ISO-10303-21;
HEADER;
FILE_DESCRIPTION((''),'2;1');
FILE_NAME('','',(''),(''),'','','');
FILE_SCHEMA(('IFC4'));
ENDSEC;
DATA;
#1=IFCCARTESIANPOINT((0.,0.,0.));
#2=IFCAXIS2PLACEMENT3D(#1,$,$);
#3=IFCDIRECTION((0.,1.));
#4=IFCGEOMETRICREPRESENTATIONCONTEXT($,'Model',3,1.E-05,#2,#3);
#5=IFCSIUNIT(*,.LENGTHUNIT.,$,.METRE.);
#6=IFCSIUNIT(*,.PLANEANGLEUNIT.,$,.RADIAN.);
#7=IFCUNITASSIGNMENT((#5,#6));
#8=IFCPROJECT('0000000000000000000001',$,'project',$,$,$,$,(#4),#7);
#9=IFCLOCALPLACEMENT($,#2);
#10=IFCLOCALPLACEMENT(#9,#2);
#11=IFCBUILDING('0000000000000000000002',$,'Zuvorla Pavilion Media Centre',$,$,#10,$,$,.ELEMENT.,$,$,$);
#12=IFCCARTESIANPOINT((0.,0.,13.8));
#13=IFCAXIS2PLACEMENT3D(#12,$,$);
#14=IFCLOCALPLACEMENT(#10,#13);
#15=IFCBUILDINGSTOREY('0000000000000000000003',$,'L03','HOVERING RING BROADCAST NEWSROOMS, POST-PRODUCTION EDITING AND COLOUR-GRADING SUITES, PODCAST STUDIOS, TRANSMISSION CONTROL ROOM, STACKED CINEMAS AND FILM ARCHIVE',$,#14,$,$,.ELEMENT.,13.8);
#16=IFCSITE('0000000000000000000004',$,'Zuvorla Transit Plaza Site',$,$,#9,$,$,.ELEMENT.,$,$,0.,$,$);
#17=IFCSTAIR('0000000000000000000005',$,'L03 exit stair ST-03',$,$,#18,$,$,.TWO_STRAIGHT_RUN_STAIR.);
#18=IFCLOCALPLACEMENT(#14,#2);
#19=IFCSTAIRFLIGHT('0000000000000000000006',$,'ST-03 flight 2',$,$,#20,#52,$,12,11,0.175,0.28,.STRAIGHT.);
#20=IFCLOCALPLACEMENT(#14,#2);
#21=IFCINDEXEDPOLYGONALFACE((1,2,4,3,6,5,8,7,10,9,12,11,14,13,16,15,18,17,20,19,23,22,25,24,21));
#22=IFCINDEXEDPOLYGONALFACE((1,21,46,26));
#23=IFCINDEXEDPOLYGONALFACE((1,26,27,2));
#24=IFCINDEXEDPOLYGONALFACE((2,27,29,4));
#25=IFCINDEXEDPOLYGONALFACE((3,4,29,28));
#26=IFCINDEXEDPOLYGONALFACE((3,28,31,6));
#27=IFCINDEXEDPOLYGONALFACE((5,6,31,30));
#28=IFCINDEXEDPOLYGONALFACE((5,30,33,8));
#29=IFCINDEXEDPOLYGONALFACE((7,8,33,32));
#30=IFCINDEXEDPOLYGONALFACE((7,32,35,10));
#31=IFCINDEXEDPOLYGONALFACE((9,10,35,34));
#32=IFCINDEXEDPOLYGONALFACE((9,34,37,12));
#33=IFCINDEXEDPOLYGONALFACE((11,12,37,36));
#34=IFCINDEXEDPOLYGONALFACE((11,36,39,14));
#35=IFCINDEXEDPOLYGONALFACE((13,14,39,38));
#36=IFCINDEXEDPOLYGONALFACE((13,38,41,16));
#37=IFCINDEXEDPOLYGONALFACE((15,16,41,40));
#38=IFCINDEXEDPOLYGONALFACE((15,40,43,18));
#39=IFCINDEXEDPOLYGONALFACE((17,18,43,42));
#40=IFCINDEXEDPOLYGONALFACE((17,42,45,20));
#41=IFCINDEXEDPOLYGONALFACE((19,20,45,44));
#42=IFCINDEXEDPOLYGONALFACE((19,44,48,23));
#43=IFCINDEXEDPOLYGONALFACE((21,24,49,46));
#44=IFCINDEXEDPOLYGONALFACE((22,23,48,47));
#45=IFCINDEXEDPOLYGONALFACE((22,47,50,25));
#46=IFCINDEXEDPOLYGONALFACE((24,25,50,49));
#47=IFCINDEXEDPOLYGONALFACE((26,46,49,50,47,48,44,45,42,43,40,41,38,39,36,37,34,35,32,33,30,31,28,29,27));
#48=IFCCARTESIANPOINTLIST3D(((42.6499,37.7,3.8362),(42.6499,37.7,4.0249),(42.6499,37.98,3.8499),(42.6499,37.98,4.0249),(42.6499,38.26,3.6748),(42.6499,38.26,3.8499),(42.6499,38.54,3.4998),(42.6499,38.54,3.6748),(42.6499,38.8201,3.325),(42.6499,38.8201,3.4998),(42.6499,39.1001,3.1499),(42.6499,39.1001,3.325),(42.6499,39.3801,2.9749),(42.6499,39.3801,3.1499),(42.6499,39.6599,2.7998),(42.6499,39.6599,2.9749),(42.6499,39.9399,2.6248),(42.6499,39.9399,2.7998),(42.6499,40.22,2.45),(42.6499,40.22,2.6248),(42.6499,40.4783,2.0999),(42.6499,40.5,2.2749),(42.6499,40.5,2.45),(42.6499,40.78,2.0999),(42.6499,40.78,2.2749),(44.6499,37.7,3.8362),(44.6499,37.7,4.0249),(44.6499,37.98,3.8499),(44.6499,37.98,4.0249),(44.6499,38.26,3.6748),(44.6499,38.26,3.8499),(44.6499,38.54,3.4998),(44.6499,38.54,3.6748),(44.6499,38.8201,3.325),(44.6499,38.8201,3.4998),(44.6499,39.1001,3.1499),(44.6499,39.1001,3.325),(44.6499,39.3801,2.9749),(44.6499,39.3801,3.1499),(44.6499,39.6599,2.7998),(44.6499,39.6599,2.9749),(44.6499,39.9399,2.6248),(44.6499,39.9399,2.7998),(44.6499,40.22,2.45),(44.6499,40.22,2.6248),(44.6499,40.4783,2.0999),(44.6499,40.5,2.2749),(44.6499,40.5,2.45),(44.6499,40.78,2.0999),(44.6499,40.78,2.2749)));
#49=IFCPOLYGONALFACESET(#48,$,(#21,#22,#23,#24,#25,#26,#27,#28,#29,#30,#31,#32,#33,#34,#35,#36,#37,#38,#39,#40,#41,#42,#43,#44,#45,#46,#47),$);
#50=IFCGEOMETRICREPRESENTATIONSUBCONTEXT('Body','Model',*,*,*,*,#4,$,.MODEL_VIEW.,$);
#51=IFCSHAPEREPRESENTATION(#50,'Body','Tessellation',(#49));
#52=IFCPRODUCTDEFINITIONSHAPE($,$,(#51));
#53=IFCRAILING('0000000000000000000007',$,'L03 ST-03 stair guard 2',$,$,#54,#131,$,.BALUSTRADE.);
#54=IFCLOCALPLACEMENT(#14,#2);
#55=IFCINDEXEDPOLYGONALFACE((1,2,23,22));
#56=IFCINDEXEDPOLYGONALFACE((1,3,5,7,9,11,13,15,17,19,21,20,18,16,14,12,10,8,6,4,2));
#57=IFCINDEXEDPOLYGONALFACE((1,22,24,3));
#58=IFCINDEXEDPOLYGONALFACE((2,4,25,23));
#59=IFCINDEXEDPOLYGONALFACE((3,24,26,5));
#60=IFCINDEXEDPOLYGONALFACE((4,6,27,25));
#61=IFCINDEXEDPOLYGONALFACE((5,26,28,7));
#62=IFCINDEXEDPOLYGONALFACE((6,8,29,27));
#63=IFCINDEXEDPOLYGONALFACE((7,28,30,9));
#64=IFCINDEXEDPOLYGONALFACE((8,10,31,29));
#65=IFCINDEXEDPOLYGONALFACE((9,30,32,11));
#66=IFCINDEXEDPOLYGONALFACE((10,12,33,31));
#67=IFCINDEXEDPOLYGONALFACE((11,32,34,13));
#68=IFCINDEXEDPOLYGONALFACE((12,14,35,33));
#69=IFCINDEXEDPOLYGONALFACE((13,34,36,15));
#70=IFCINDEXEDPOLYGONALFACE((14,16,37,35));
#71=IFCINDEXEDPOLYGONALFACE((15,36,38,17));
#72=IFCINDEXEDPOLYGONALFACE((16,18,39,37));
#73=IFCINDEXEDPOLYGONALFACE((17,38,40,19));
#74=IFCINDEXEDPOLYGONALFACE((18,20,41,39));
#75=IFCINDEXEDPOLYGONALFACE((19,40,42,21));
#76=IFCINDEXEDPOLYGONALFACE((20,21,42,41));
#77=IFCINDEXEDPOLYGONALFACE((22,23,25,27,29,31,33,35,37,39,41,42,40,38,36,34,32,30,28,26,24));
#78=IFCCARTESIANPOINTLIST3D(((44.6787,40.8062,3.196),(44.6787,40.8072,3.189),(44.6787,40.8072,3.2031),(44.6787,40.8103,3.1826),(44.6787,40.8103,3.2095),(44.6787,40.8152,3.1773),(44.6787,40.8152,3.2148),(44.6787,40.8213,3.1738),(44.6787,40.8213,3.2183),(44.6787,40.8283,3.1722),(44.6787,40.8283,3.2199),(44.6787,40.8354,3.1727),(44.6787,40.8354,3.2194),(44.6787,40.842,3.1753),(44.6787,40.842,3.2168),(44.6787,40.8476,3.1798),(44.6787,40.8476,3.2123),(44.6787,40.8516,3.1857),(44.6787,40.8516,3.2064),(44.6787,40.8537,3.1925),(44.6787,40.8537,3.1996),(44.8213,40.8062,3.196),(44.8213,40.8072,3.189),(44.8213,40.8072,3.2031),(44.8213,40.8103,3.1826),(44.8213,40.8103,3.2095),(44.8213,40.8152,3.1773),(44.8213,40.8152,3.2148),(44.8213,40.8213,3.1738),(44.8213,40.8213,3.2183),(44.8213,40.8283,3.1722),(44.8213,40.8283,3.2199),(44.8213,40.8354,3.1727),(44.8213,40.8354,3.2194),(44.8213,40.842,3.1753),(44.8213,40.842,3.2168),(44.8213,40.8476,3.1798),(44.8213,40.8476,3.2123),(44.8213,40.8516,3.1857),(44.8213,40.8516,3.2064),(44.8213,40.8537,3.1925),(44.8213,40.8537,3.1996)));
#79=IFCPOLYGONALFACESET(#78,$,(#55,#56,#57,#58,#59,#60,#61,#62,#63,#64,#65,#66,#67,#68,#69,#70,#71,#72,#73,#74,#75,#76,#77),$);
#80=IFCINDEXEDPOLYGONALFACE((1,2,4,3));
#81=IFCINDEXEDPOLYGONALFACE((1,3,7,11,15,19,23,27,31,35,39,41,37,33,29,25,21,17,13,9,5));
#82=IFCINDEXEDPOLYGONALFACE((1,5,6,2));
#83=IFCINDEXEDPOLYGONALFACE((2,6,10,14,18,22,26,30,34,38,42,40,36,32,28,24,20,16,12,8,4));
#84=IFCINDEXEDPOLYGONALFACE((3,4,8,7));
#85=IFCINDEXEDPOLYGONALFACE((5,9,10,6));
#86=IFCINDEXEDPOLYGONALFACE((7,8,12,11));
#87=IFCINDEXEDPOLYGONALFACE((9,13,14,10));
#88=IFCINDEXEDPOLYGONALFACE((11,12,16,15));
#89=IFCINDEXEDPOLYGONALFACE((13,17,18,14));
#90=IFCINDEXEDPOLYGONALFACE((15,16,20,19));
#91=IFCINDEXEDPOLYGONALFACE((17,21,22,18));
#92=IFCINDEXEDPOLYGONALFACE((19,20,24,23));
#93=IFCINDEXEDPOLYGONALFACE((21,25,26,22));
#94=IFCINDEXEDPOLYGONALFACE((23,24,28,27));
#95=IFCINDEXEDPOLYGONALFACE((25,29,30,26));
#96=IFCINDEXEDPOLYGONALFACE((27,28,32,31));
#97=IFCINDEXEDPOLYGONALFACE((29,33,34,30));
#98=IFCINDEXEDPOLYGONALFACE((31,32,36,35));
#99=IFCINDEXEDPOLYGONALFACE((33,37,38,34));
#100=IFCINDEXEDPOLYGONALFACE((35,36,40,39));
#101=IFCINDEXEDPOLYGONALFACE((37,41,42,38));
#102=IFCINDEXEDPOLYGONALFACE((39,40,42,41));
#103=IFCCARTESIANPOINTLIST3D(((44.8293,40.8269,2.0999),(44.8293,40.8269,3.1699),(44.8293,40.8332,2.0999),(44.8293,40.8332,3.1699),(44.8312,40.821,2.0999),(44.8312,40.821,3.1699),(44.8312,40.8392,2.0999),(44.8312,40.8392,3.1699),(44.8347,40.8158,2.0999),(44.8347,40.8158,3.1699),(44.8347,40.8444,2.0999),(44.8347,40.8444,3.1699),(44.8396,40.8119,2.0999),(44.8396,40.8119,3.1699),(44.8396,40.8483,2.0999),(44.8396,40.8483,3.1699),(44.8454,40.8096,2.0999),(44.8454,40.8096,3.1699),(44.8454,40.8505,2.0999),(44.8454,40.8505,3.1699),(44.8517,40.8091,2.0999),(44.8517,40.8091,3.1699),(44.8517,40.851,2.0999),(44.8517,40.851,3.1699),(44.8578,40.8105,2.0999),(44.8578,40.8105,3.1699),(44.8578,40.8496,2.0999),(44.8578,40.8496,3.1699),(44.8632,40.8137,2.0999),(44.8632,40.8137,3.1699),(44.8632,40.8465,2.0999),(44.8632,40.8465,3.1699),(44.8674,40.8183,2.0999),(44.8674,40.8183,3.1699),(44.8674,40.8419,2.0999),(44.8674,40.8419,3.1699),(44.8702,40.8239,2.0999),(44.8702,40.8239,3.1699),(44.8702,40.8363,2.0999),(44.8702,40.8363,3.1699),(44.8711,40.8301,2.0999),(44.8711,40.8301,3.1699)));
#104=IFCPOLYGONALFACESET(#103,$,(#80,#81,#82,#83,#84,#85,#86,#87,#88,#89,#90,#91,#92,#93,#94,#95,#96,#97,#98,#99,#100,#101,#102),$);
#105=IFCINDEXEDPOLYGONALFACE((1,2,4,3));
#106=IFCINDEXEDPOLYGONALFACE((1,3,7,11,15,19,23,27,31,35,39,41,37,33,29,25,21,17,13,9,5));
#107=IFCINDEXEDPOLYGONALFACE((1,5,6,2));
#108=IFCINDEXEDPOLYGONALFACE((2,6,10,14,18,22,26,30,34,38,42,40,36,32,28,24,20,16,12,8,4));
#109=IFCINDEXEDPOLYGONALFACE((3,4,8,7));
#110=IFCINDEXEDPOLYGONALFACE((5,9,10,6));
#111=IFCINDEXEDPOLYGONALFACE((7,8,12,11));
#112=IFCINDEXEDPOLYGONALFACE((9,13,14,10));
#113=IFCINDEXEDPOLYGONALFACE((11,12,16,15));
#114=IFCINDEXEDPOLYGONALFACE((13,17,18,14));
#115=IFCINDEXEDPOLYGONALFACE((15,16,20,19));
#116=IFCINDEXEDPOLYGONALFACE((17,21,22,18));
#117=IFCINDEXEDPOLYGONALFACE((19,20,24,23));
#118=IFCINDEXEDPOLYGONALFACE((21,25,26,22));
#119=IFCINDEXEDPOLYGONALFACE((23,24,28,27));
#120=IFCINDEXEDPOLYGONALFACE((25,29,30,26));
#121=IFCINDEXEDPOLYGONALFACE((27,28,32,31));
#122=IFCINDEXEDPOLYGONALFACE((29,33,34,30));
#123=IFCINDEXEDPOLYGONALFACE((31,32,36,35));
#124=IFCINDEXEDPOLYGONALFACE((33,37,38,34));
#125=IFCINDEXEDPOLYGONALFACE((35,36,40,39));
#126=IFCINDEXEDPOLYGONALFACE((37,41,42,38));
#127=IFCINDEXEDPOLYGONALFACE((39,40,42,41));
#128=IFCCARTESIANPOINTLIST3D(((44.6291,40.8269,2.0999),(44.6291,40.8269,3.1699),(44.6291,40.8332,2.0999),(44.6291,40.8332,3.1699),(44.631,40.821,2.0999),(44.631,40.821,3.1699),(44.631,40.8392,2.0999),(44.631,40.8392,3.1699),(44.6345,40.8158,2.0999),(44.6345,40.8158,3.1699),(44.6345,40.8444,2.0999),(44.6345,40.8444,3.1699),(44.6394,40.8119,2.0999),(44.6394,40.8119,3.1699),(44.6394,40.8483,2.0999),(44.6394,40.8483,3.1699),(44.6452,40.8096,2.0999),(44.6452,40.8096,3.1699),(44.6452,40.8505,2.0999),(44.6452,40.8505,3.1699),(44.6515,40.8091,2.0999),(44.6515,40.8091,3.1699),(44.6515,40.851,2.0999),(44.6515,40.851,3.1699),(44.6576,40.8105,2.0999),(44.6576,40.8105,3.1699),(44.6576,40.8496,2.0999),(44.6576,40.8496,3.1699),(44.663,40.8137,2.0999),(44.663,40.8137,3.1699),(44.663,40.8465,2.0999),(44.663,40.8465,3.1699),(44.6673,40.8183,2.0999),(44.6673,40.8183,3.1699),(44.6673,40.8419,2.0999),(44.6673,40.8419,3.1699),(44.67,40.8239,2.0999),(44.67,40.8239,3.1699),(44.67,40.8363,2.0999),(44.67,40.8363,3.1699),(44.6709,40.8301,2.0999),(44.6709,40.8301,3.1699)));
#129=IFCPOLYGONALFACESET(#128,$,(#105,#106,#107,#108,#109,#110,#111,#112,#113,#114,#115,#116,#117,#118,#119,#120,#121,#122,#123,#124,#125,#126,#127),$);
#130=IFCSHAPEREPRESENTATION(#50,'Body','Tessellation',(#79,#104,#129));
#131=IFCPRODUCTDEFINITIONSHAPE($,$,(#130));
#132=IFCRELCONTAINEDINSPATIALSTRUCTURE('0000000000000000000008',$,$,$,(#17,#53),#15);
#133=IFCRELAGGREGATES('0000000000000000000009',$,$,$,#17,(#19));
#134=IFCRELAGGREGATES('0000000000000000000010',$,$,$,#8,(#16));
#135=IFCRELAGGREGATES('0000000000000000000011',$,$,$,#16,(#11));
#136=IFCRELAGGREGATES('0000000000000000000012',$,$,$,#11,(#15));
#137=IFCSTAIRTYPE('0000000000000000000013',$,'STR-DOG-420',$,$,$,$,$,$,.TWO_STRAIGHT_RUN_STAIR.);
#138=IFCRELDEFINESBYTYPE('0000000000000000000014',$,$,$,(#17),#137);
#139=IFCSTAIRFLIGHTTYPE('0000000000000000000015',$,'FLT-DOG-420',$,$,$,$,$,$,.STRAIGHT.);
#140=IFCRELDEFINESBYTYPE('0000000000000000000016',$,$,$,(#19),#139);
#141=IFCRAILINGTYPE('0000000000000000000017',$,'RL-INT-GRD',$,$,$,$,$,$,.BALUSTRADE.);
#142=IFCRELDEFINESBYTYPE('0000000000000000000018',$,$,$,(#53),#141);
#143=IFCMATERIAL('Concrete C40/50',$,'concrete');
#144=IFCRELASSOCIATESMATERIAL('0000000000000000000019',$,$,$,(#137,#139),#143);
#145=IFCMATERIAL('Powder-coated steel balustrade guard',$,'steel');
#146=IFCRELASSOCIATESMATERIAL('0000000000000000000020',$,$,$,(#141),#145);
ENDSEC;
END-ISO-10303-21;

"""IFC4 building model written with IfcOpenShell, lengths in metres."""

from ifc_helpers import new_model, si_unit, direction, frame, origin, origin_2d, place, context, subcontext, project, spatial, polyline, circle, outline, extrude, material, type_object, element, aggregate, save


model = new_model("IFC4")

# Units and contexts
model_context = context("Model", 3, precision=1e-05, world=origin(), true_north=direction((0.0, 1.0)))
body_context = subcontext(model_context, "Body", "Model", "MODEL_VIEW")
ifc_project = project(units=[si_unit("LENGTHUNIT", "METRE"), si_unit("PLANEANGLEUNIT", "RADIAN")], contexts=[model_context])

# Site, building, storey
site_placement = place(None, origin())
site = spatial("IfcSite", under=ifc_project, at=site_placement, Name="Zuvorla Transit Plaza Site", CompositionType="ELEMENT", RefElevation=0.0)
building_placement = place(site_placement, origin())
building = spatial("IfcBuilding", under=site, at=building_placement, Name="Zuvorla Pavilion Media Centre", CompositionType="ELEMENT")
storey_placement = place(building_placement, frame((0.0, 0.0, 13.8)))
storey = spatial("IfcBuildingStorey", under=building, at=storey_placement, Name="L03", Description="HOVERING RING BROADCAST NEWSROOMS, POST-PRODUCTION EDITING AND COLOUR-GRADING SUITES, PODCAST STUDIOS, TRANSMISSION CONTROL ROOM, STACKED CINEMAS AND FILM ARCHIVE", CompositionType="ELEMENT", Elevation=13.8)

# Shared definitions
ifc_material_1 = material(Name="Concrete C40/50", Category="concrete")

# Stair, stair flight
stair_type = type_object("IfcStairType", Name="STR-DOG-420", PredefinedType="TWO_STRAIGHT_RUN_STAIR", material=ifc_material_1)
stair_placement = place(storey_placement, origin())
stair = element("IfcStair", 1, at=stair_placement, inside=storey, type_object=stair_type, Name="L03 exit stair ST-03", PredefinedType="TWO_STRAIGHT_RUN_STAIR")
stair_flight_type = type_object("IfcStairFlightType", Name="FLT-DOG-420", PredefinedType="STRAIGHT", material=ifc_material_1)
stair_flight_placement = place(storey_placement, frame((43.6499, 40.78, 2.0999), z_axis=(0.0, 0.0, 1.0), x_axis=(0.0, -1.0, 0.0)))
stair_flight = element("IfcStairFlight", 2, at=stair_flight_placement, type_object=stair_flight_type, Name="ST-03 flight 2", NumberOfRisers=12, NumberOfTreads=11, PredefinedType="STRAIGHT", RiserHeight=0.175, TreadLength=0.28, context=body_context, shape_type="SweptSolid", body=[
    extrude(outline(polyline([(0.0, 0.0), (0.0, 0.175), (0.28, 0.175), (0.28, 0.3501), (0.5601, 0.3501), (0.5601, 0.5249), (0.8401, 0.5249), (0.8401, 0.7), (1.1201, 0.7), (1.1201, 0.875), (1.3999, 0.875), (1.3999, 1.05), (1.6799, 1.05), (1.6799, 1.2251), (1.96, 1.2251), (1.96, 1.3999), (2.24, 1.3999), (2.24, 1.575), (2.52, 1.575), (2.52, 1.75), (2.8, 1.75), (2.8, 1.925), (3.0801, 1.925), (3.0801, 2.1001), (3.0801, 1.7363), (0.3018, 0.0), (0.0, 0.0)])), frame((0.0, 1.0, 0.0), z_axis=(0.0, -1.0, 0.0), x_axis=(1.0, 0.0, 0.0)), (0.0, 0.0, 1.0), 2.0),
])
aggregate(stair, [stair_flight])

# Railing
ifc_material_2 = material(Name="Powder-coated steel balustrade guard", Category="steel")
railing_type_1 = type_object("IfcRailingType", Name="RL-INT-GRD", PredefinedType="BALUSTRADE", material=ifc_material_2)
railing_1_placement = place(storey_placement, frame((44.8501, 40.8301, 2.0999)))
element("IfcRailing", 3, at=railing_1_placement, inside=storey, type_object=railing_type_1, Name="L03 ST-03 stair guard 2", PredefinedType="BALUSTRADE", context=body_context, shape_type="SweptSolid", body=[
    extrude(circle(Radius=0.0239, at=origin_2d()), frame((-0.0288, 0.0, 1.0962), z_axis=(-1.0, 0.0, 0.0), x_axis=(0.0, -1.0, 0.0)), (0.0, 0.0, 1.0), 0.1426),
    extrude(circle(Radius=0.021, at=origin_2d()), origin(), (0.0, 0.0, 1.0), 1.0701),
    extrude(circle(Radius=0.021, at=origin_2d()), frame((-0.2002, 0.0, 0.0)), (0.0, 0.0, 1.0), 1.0701),
])

save(model, "model.ifc")
